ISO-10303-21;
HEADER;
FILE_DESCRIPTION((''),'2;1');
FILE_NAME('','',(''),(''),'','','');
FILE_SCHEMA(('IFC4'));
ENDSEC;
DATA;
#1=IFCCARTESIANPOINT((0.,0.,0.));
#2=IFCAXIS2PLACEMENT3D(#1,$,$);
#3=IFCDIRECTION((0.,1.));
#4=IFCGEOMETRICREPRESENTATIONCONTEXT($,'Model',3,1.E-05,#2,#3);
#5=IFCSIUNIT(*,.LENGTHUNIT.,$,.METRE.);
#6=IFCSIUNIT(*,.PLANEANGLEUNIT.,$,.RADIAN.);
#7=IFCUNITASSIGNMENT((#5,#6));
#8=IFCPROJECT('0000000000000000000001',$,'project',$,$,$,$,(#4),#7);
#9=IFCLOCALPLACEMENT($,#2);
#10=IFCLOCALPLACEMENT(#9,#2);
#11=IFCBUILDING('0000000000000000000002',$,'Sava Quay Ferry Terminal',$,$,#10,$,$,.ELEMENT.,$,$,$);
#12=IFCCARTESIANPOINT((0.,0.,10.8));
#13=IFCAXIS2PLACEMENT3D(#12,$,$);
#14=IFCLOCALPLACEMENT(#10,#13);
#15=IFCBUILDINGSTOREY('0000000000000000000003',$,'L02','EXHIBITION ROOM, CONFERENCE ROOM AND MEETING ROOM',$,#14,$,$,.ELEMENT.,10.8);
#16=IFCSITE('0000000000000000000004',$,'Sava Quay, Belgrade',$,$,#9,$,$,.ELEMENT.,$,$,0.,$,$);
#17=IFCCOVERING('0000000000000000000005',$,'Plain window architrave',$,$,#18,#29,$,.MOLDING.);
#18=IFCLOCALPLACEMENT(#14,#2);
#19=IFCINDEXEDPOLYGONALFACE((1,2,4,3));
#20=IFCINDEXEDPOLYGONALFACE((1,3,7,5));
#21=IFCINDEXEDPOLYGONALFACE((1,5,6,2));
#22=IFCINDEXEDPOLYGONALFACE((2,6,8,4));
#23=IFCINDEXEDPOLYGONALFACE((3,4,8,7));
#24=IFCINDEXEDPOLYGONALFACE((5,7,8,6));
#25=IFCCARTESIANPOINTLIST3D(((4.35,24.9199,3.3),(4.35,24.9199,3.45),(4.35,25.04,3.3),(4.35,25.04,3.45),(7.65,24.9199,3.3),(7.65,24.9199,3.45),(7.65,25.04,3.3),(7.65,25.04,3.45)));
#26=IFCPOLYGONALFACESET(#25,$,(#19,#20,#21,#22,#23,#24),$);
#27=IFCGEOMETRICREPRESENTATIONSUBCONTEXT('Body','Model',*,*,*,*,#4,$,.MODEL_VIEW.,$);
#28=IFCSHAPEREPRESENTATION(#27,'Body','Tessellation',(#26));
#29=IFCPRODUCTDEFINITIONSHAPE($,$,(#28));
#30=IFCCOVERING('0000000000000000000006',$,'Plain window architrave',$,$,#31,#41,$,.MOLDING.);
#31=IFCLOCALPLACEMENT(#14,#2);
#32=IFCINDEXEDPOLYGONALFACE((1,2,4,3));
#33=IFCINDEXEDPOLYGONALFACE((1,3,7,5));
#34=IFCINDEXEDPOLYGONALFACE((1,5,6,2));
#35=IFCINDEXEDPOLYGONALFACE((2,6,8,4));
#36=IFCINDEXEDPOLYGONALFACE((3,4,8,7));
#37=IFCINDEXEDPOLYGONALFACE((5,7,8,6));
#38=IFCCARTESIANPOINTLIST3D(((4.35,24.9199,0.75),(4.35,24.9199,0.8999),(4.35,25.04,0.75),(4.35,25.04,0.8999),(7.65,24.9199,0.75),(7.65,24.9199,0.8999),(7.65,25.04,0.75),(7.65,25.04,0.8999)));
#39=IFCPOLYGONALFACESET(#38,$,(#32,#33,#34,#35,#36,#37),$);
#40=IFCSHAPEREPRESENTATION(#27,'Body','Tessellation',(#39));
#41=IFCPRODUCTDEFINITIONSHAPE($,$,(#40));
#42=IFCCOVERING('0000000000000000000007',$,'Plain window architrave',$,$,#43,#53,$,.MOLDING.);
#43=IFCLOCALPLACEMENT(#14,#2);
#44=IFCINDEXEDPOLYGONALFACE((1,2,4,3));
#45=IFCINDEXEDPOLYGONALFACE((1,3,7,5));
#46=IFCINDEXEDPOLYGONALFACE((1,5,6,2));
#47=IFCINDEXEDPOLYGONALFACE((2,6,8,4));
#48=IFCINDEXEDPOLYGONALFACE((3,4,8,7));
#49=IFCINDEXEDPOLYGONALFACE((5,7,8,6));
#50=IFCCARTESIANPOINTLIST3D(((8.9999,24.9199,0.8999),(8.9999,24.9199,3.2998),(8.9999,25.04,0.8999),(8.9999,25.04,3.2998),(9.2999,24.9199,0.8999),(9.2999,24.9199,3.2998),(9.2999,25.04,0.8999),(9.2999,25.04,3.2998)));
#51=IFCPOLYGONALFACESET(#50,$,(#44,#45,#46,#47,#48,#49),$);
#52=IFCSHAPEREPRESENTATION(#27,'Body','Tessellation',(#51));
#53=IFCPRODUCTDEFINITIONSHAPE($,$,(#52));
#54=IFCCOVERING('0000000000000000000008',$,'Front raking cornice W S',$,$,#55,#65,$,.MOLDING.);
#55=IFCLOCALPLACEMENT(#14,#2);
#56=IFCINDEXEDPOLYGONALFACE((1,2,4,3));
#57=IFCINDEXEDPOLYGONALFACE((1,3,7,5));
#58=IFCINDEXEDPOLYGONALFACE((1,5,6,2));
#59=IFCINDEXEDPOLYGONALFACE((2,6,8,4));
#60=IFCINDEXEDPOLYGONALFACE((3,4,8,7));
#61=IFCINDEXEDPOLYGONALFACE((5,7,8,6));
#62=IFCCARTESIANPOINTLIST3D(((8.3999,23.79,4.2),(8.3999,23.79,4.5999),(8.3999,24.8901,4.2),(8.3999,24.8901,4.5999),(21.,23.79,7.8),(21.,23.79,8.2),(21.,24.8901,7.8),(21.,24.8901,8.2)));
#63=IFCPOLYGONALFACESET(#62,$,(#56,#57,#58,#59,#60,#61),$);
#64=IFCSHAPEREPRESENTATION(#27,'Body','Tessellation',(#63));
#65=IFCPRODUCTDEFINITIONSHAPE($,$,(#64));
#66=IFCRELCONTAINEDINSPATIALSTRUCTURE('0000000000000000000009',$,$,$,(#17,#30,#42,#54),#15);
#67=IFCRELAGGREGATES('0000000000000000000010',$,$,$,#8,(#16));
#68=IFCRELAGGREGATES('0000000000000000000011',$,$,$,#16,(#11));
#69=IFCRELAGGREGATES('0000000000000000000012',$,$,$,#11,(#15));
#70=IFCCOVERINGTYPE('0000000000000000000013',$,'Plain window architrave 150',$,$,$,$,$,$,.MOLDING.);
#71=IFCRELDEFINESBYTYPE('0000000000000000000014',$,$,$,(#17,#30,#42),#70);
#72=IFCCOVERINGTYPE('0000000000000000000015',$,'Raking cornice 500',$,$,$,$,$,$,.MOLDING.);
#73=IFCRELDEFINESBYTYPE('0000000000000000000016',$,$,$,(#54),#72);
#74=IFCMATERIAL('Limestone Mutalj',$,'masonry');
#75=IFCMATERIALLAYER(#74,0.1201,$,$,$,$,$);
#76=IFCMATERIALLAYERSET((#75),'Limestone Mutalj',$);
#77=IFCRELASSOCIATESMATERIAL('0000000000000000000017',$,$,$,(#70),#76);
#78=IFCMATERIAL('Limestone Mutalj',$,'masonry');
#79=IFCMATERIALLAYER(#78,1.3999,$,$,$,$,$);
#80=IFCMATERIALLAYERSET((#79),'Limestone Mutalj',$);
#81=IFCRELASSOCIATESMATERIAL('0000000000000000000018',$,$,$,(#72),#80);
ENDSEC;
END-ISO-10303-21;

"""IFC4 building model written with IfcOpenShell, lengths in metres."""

from ifc_helpers import new_model, si_unit, direction, frame, origin, origin_2d, place, context, subcontext, project, spatial, polyline, rectangle, outline, extrude, material, layer, layer_set, type_object, element, save


model = new_model("IFC4")

# Units and contexts
model_context = context("Model", 3, precision=1e-05, world=origin(), true_north=direction((0.0, 1.0)))
body_context = subcontext(model_context, "Body", "Model", "MODEL_VIEW")
ifc_project = project(units=[si_unit("LENGTHUNIT", "METRE"), si_unit("PLANEANGLEUNIT", "RADIAN")], contexts=[model_context])

# Site, building, storey
site_placement = place(None, origin())
site = spatial("IfcSite", under=ifc_project, at=site_placement, Name="Sava Quay, Belgrade", CompositionType="ELEMENT", RefElevation=0.0)
building_placement = place(site_placement, origin())
building = spatial("IfcBuilding", under=site, at=building_placement, Name="Sava Quay Ferry Terminal", CompositionType="ELEMENT")
storey_placement = place(building_placement, frame((0.0, 0.0, 10.8)))
storey = spatial("IfcBuildingStorey", under=building, at=storey_placement, Name="L02", Description="EXHIBITION ROOM, CONFERENCE ROOM AND MEETING ROOM", CompositionType="ELEMENT", Elevation=10.8)

# Coverings
ifc_material_1 = material(Name="Limestone Mutalj", Category="masonry")
ifc_layer_1 = layer(ifc_material_1, 0.1201)
ifc_layer_set_1 = layer_set([ifc_layer_1], Name="Limestone Mutalj")
covering_type_1 = type_object("IfcCoveringType", Name="Plain window architrave 150", PredefinedType="MOLDING", material=ifc_layer_set_1)
for number, where, z_axis, x_axis, name in (
    (1, (6.0, 24.98, 3.3), (0.0, 0.0, 1.0), (1.0, 0.0, 0.0), "Plain window architrave"),
    (2, (6.0, 24.98, 0.75), (0.0, 0.0, 1.0), (1.0, 0.0, 0.0), "Plain window architrave"),
):
    element("IfcCovering", number, at=place(storey_placement, frame(where, z_axis=z_axis, x_axis=x_axis)), inside=storey, type_object=covering_type_1, Name=name, PredefinedType="MOLDING", context=body_context, shape_type="SweptSolid", body=[
        extrude(rectangle(XDim=3.3, YDim=0.1201, at=origin_2d()), origin(), (0.0, 0.0, 1.0), 0.1499),
    ])
covering_1_placement = place(storey_placement, frame((9.1499, 24.98, 0.8999), z_axis=(0.0, 0.0, 1.0), x_axis=(1.0, 0.0, 0.0)))
element("IfcCovering", 3, at=covering_1_placement, inside=storey, type_object=covering_type_1, Name="Plain window architrave", PredefinedType="MOLDING", context=body_context, shape_type="SweptSolid", body=[
    extrude(rectangle(XDim=0.3, YDim=0.1201, at=origin_2d()), origin(), (0.0, 0.0, 1.0), 2.3999),
])
ifc_material_2 = material(Name="Limestone Mutalj", Category="masonry")
ifc_layer_2 = layer(ifc_material_2, 1.3999)
ifc_layer_set_2 = layer_set([ifc_layer_2], Name="Limestone Mutalj")
covering_type_2 = type_object("IfcCoveringType", Name="Raking cornice 500", PredefinedType="MOLDING", material=ifc_layer_set_2)
covering_2_placement = place(storey_placement, frame((8.3999, 23.79, 4.2), z_axis=(0.0, -1.0, 0.0), x_axis=(0.961523, 0.0, 0.274726)))
element("IfcCovering", 4, at=covering_2_placement, inside=storey, type_object=covering_type_2, Name="Front raking cornice W S", PredefinedType="MOLDING", context=body_context, shape_type="SweptSolid", body=[
    extrude(outline(polyline([(0.0, 0.0), (13.1043, 0.0), (13.2142, 0.3845), (0.1099, 0.3845), (0.0, 0.0)])), origin(), (0.0, 0.0, -1.0), 1.1001),
])

save(model, "model.ifc")
